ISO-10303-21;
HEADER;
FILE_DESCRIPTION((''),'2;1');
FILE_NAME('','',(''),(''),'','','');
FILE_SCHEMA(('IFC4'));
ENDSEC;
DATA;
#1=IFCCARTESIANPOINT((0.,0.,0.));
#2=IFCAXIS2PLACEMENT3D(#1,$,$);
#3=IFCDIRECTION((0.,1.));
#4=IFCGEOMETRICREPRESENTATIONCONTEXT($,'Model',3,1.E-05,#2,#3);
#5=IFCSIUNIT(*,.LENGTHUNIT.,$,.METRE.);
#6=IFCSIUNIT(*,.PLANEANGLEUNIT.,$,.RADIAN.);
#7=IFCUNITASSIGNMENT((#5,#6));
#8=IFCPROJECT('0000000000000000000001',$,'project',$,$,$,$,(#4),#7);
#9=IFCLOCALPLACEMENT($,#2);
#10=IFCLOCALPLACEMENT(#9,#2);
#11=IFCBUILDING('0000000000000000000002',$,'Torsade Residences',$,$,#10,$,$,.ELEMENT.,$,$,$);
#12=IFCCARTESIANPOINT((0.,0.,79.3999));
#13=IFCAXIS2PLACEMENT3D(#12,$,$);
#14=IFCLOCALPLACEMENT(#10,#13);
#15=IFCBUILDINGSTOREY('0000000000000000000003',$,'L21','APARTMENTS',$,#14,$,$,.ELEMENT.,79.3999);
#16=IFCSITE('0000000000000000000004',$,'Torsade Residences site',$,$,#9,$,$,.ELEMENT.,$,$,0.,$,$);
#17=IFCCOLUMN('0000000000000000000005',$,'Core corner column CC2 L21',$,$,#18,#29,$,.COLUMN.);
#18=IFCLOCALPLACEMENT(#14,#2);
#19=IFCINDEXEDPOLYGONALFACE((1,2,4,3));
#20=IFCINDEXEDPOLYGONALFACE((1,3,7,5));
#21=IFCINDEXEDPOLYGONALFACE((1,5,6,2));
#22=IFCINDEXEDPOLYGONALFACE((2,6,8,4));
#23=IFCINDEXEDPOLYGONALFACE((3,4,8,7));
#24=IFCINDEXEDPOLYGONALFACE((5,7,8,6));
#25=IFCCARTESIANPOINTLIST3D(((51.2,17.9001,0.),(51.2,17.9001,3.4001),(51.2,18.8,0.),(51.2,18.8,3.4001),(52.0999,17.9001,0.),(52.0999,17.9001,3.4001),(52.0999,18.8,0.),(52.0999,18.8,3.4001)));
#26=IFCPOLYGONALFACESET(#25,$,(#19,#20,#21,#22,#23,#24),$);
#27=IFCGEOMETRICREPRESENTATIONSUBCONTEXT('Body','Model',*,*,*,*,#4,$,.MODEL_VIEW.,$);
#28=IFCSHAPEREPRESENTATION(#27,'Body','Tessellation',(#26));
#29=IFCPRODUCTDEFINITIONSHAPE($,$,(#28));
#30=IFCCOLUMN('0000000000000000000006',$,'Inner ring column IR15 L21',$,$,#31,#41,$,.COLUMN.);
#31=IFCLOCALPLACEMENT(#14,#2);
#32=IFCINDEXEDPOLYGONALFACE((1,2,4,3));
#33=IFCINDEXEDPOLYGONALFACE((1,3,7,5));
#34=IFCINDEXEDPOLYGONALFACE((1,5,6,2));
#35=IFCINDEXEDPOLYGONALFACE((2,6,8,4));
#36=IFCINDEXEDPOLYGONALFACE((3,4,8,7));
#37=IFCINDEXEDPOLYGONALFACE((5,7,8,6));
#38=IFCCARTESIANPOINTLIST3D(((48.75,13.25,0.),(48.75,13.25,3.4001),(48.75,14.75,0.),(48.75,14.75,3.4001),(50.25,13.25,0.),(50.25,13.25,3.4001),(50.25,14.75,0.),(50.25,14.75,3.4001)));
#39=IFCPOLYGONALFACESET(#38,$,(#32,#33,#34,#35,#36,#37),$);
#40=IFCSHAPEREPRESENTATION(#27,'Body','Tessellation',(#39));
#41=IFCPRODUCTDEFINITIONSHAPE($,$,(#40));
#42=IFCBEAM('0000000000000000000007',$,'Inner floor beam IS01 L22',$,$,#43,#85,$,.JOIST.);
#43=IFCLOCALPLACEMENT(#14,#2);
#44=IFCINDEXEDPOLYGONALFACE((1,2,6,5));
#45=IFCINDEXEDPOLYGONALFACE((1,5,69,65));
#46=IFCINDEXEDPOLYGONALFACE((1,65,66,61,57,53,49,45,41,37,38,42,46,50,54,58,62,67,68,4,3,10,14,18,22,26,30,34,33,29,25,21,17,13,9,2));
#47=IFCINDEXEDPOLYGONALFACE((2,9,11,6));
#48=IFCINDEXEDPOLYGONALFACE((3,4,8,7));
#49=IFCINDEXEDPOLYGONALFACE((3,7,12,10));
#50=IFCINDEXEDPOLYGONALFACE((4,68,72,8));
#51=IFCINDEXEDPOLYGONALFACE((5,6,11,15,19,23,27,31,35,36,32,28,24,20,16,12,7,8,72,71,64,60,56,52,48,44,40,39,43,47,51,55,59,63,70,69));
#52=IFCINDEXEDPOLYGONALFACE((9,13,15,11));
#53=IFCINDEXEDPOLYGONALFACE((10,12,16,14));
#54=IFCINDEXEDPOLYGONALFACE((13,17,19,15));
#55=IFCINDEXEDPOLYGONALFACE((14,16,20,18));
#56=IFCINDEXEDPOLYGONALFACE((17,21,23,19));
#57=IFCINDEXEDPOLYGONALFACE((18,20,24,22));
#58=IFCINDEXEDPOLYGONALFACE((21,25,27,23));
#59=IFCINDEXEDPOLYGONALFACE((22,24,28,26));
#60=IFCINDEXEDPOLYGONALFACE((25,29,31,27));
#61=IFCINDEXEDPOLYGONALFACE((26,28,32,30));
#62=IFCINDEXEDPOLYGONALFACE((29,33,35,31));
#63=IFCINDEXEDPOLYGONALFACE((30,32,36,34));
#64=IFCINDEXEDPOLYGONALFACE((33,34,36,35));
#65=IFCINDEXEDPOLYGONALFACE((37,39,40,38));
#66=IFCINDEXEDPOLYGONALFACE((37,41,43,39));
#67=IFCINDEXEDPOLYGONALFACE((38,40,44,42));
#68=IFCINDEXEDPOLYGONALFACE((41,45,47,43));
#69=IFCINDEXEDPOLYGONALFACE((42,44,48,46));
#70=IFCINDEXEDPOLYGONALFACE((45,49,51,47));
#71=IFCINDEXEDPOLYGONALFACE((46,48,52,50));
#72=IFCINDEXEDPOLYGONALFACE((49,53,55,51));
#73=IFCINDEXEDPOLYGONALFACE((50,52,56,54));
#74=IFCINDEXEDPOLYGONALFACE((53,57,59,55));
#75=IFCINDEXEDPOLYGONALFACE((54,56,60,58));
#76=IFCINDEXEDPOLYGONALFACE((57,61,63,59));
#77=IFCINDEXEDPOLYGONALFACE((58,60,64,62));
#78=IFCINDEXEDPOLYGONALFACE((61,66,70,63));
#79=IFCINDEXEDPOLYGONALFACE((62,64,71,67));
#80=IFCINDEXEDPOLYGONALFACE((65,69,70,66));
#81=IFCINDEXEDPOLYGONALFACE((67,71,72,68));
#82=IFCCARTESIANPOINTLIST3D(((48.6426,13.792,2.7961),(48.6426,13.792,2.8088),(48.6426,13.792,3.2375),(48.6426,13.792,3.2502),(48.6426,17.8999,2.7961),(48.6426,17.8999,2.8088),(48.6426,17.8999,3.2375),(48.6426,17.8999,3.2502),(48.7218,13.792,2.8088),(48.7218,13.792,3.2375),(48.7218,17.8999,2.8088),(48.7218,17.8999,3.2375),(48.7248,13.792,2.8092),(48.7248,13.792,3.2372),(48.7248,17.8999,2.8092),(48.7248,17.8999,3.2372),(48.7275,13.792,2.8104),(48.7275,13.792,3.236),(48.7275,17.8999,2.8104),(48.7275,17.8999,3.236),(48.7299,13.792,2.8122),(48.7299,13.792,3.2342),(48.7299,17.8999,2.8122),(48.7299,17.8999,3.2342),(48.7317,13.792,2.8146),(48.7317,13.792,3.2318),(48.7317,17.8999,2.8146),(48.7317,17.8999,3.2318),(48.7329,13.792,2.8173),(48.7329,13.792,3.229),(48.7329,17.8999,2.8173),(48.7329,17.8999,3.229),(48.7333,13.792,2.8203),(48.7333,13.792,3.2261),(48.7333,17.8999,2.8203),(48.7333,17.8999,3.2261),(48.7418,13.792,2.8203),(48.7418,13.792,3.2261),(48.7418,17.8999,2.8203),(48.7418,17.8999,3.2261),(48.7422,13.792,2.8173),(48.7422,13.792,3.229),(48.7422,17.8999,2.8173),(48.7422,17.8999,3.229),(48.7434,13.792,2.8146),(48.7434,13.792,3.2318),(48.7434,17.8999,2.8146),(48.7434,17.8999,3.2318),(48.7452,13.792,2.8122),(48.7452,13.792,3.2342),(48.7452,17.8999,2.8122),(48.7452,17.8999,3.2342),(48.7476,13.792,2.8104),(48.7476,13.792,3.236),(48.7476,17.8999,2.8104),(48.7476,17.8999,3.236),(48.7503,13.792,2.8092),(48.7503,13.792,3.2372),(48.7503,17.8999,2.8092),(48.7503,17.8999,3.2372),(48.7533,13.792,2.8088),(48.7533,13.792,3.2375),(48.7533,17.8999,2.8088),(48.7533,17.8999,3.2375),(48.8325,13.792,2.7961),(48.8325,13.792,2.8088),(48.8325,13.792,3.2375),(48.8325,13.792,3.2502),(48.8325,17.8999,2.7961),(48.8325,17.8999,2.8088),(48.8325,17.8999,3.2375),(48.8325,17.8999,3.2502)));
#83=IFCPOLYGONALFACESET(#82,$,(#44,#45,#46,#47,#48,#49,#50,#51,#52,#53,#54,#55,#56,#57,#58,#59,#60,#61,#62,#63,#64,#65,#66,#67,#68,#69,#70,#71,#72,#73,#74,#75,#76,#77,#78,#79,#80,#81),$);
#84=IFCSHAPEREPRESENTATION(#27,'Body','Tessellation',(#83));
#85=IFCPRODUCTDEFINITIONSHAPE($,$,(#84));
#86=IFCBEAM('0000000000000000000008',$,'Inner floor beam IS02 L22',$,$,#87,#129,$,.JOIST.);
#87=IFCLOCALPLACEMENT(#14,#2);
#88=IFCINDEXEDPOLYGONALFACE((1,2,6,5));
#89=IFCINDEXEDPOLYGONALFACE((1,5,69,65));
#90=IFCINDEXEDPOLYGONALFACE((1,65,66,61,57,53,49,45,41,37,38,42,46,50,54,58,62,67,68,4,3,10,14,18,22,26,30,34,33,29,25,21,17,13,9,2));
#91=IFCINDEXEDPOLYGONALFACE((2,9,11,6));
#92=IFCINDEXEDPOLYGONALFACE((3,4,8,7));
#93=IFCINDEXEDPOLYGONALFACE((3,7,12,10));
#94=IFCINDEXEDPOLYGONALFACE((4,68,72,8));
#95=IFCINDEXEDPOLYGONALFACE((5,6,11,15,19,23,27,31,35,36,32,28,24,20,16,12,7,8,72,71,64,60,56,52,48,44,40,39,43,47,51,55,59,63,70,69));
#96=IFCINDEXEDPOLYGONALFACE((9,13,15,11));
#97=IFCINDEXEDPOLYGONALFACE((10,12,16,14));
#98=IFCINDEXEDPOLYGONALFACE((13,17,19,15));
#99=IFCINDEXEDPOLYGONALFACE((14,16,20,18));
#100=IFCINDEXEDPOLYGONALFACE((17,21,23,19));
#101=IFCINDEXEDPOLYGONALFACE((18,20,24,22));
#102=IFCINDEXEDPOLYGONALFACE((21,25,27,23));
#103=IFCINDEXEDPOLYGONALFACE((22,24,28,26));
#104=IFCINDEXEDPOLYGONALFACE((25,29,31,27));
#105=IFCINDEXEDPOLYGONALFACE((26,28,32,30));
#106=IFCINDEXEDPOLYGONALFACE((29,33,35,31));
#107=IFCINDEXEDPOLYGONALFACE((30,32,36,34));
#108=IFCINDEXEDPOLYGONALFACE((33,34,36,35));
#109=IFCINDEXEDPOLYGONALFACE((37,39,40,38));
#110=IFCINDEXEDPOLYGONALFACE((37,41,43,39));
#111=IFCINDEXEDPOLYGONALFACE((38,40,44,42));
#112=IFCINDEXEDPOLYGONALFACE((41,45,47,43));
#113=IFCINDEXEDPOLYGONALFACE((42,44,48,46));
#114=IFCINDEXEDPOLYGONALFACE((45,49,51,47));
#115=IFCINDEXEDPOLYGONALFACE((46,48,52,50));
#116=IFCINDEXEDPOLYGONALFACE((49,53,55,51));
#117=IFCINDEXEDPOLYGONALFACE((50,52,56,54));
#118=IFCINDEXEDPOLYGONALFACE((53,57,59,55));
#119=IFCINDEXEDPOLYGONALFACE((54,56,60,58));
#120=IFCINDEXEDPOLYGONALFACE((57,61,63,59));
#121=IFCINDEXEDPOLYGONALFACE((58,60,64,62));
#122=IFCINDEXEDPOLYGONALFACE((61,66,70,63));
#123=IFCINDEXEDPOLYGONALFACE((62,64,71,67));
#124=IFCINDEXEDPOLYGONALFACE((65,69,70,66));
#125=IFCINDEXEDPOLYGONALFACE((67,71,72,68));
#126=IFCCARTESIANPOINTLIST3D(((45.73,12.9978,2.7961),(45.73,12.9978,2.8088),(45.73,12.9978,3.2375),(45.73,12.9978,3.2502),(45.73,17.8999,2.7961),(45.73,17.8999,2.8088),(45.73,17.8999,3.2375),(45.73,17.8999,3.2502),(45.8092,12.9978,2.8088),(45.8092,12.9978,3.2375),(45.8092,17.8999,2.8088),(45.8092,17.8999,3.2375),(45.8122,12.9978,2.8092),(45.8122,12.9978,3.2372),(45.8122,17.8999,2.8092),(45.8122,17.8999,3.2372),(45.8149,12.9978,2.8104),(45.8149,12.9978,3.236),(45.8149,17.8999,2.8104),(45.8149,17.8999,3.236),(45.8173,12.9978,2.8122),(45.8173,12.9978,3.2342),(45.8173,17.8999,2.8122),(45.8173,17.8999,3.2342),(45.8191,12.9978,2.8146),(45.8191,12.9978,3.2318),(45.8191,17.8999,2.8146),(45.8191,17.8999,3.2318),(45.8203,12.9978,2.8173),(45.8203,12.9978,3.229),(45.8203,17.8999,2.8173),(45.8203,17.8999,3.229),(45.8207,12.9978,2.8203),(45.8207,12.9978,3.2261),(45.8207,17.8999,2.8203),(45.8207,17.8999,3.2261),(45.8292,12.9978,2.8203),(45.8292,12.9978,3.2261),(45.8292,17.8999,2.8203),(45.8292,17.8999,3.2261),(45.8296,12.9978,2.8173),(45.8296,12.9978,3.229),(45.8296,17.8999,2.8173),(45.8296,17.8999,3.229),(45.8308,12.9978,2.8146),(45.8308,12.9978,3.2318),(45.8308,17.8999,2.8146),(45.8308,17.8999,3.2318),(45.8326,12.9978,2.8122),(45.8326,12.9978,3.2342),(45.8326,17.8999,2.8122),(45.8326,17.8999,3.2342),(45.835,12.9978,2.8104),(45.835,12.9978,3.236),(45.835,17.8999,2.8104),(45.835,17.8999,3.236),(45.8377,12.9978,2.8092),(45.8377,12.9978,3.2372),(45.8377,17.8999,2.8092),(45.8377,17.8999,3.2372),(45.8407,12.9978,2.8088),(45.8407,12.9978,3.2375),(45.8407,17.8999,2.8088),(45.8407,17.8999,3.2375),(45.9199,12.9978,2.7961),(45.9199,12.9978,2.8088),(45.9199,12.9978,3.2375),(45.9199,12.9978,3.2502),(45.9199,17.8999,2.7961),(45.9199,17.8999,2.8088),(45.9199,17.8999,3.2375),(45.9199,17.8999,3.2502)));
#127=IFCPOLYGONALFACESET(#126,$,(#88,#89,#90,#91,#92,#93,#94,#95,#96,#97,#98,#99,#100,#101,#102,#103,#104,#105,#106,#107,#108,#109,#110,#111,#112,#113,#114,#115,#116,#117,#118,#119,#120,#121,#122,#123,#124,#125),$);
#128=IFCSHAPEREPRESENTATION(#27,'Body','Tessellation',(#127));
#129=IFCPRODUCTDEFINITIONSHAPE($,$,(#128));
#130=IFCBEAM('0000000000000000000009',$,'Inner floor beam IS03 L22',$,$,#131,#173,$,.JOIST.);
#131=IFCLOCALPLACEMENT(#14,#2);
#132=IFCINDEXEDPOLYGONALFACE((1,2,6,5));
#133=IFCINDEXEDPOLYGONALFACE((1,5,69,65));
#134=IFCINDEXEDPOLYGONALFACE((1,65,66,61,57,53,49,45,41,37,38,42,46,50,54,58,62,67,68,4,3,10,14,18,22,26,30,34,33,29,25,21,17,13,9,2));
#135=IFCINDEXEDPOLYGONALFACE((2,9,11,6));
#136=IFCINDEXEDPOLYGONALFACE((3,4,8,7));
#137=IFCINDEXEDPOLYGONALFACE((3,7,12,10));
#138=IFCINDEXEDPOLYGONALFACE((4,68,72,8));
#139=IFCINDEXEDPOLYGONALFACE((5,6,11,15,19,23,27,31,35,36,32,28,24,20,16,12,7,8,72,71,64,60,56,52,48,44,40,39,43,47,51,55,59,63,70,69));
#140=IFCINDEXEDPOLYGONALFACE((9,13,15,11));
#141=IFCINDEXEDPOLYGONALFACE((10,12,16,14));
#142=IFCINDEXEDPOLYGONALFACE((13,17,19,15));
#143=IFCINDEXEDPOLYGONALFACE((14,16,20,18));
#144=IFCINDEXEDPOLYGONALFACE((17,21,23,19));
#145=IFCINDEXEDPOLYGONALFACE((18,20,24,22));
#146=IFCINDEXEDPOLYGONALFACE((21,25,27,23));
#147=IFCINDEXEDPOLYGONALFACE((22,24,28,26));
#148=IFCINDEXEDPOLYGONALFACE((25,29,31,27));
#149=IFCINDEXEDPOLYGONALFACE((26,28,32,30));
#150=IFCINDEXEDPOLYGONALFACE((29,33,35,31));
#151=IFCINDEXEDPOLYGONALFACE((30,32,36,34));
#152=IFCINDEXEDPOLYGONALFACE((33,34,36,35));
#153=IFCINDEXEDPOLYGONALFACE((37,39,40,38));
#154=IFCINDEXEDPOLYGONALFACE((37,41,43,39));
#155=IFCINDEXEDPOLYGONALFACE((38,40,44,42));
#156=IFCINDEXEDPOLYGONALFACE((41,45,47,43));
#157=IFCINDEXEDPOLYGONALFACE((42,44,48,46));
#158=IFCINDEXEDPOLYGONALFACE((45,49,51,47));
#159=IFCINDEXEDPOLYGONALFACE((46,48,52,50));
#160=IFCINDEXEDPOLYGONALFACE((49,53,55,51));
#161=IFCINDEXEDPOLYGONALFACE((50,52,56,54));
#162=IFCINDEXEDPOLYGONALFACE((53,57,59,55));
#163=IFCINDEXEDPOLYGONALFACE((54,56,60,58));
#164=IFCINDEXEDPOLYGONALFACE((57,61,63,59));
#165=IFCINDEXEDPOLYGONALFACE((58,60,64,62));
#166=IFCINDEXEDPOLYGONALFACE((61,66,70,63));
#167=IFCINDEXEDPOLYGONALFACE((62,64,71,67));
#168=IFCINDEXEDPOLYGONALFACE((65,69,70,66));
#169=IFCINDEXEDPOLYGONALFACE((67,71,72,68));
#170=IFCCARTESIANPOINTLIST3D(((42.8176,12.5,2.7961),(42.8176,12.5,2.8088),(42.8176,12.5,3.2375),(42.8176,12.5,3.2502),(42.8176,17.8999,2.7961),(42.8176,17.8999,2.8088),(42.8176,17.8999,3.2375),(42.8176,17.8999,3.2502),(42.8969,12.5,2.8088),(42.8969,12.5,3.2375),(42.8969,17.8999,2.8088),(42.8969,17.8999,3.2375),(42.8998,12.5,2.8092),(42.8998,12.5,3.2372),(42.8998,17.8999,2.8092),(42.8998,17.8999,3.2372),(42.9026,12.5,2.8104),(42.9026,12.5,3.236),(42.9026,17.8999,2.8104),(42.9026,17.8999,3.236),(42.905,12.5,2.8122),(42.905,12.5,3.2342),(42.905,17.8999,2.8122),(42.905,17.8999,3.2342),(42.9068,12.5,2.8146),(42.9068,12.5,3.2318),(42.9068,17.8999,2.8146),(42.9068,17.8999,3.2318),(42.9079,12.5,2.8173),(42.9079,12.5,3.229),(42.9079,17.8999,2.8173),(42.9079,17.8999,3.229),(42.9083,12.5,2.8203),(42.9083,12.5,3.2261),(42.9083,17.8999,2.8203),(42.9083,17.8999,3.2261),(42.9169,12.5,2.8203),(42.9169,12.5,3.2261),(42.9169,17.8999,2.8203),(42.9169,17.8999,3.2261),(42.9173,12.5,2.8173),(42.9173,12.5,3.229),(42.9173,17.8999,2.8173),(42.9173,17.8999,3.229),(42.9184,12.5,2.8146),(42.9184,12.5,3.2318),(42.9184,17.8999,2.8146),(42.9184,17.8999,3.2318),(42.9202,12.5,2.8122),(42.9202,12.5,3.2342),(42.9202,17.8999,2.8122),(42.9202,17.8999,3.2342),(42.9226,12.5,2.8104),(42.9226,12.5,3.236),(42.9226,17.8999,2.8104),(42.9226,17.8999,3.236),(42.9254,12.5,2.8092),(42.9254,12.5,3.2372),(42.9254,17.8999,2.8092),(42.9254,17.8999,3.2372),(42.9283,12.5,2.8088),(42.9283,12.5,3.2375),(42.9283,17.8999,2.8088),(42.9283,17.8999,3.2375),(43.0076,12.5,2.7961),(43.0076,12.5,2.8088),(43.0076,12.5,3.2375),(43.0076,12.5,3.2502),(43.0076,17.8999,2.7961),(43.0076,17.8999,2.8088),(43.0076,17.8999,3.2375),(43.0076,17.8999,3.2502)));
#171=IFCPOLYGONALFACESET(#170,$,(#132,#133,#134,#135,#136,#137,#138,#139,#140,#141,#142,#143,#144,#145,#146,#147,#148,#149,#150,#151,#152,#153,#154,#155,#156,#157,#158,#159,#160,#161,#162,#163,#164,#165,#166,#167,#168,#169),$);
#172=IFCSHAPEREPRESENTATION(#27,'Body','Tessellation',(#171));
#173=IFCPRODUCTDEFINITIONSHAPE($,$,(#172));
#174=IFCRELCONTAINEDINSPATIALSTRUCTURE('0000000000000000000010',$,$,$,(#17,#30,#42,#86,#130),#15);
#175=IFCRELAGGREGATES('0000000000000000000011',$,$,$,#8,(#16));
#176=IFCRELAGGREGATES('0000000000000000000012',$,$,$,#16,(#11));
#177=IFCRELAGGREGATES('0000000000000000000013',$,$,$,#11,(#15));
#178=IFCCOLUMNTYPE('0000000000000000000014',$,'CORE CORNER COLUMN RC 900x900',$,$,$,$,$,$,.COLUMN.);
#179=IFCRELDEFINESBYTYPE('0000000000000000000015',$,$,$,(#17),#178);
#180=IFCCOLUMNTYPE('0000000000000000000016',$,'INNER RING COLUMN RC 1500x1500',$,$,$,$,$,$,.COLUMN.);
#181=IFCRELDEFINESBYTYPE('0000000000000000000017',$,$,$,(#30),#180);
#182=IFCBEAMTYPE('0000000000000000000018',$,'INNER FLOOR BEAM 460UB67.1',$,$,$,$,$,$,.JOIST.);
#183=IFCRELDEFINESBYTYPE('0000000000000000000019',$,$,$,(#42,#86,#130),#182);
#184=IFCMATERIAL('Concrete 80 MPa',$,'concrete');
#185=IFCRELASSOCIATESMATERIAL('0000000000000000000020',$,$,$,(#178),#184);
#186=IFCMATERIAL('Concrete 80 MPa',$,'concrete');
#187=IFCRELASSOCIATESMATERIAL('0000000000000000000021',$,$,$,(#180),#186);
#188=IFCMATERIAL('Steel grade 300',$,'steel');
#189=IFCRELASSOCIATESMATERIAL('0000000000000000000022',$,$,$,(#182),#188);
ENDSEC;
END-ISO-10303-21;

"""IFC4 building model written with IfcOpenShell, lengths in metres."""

from ifc_helpers import new_model, si_unit, direction, frame, origin, origin_2d, place, context, subcontext, project, spatial, rectangle, i_section, extrude, material, material_profile, profile_set, type_object, element, save


model = new_model("IFC4")

# Units and contexts
model_context = context("Model", 3, precision=1e-05, world=origin(), true_north=direction((0.0, 1.0)))
body_context = subcontext(model_context, "Body", "Model", "MODEL_VIEW")
ifc_project = project(units=[si_unit("LENGTHUNIT", "METRE"), si_unit("PLANEANGLEUNIT", "RADIAN")], contexts=[model_context])

# Site, building, storey
site_placement = place(None, origin())
site = spatial("IfcSite", under=ifc_project, at=site_placement, Name="Torsade Residences site", CompositionType="ELEMENT", RefElevation=0.0)
building_placement = place(site_placement, origin())
building = spatial("IfcBuilding", under=site, at=building_placement, Name="Torsade Residences", CompositionType="ELEMENT")
storey_placement = place(building_placement, frame((0.0, 0.0, 79.3999)))
storey = spatial("IfcBuildingStorey", under=building, at=storey_placement, Name="L21", Description="APARTMENTS", CompositionType="ELEMENT", Elevation=79.3999)

# Columns
ifc_material_1 = material(Name="Concrete 80 MPa", Category="concrete")
ifc_material_profile_1 = material_profile(ifc_material_1, rectangle(XDim=0.8999, YDim=0.8999, at=origin_2d()), Name="RC 900x900")
ifc_profile_set_1 = profile_set([ifc_material_profile_1], Name="Concrete 80 MPa")
column_type_1 = type_object("IfcColumnType", Name="CORE CORNER COLUMN RC 900x900", PredefinedType="COLUMN", material=ifc_profile_set_1)
column_1_placement = place(storey_placement, frame((51.6499, 18.3501, 0.0), z_axis=(0.0, 0.0, 1.0), x_axis=(1.0, 0.0, 0.0)))
element("IfcColumn", 1, at=column_1_placement, inside=storey, type_object=column_type_1, Name="Core corner column CC2 L21", PredefinedType="COLUMN", context=body_context, shape_type="SweptSolid", body=[
    extrude(rectangle(XDim=0.8999, YDim=0.8999, at=origin_2d()), origin(), (0.0, 0.0, 1.0), 3.4001),
])
ifc_material_2 = material(Name="Concrete 80 MPa", Category="concrete")
ifc_material_profile_2 = material_profile(ifc_material_2, rectangle(XDim=1.5, YDim=1.5, at=origin_2d()), Name="RC 1500x1500")
ifc_profile_set_2 = profile_set([ifc_material_profile_2], Name="Concrete 80 MPa")
column_type_2 = type_object("IfcColumnType", Name="INNER RING COLUMN RC 1500x1500", PredefinedType="COLUMN", material=ifc_profile_set_2)
column_2_placement = place(storey_placement, frame((49.5, 14.0, 0.0), z_axis=(0.0, 0.0, 1.0), x_axis=(1.0, 0.0, 0.0)))
element("IfcColumn", 2, at=column_2_placement, inside=storey, type_object=column_type_2, Name="Inner ring column IR15 L21", PredefinedType="COLUMN", context=body_context, shape_type="SweptSolid", body=[
    extrude(rectangle(XDim=1.5, YDim=1.5, at=origin_2d()), origin(), (0.0, 0.0, 1.0), 3.4001),
])

# Beams
ifc_material_3 = material(Name="Steel grade 300", Category="steel")
ifc_material_profile_3 = material_profile(ifc_material_3, i_section(OverallWidth=0.1899, OverallDepth=0.4541, WebThickness=0.0085, FlangeThickness=0.0127, FilletRadius=0.0115, at=origin_2d()), Name="460UB67.1")
ifc_profile_set_3 = profile_set([ifc_material_profile_3], Name="Steel grade 300")
beam_type_1 = type_object("IfcBeamType", Name="INNER FLOOR BEAM 460UB67.1", PredefinedType="JOIST", material=ifc_profile_set_3)
beam_1_placement = place(storey_placement, frame((48.7375, 17.8999, 3.0232), z_axis=(0.0, -1.0, 0.0), x_axis=(1.0, 0.0, 0.0)))
element("IfcBeam", 3, at=beam_1_placement, inside=storey, type_object=beam_type_1, Name="Inner floor beam IS01 L22", PredefinedType="JOIST", context=body_context, shape_type="SweptSolid", body=[
    extrude(i_section(OverallWidth=0.1899, OverallDepth=0.4541, WebThickness=0.0085, FlangeThickness=0.0127, FilletRadius=0.0115, at=origin_2d()), origin(), (0.0, 0.0, 1.0), 4.1079),
])
beam_2_placement = place(storey_placement, frame((45.825, 17.8999, 3.0232), z_axis=(0.0, -1.0, 0.0), x_axis=(1.0, 0.0, 0.0)))
element("IfcBeam", 4, at=beam_2_placement, inside=storey, type_object=beam_type_1, Name="Inner floor beam IS02 L22", PredefinedType="JOIST", context=body_context, shape_type="SweptSolid", body=[
    extrude(i_section(OverallWidth=0.1899, OverallDepth=0.4541, WebThickness=0.0085, FlangeThickness=0.0127, FilletRadius=0.0115, at=origin_2d()), origin(), (0.0, 0.0, 1.0), 4.9021),
])
for number, where, z_axis, x_axis, name in (
    (5, (42.9126, 17.8999, 3.0232), (0.0, -1.0, 0.0), (1.0, 0.0, 0.0), "Inner floor beam IS03 L22"),
):
    element("IfcBeam", number, at=place(storey_placement, frame(where, z_axis=z_axis, x_axis=x_axis)), inside=storey, type_object=beam_type_1, Name=name, PredefinedType="JOIST", context=body_context, shape_type="SweptSolid", body=[
        extrude(i_section(OverallWidth=0.1899, OverallDepth=0.4541, WebThickness=0.0085, FlangeThickness=0.0127, FilletRadius=0.0115, at=origin_2d()), origin(), (0.0, 0.0, 1.0), 5.3999),
    ])

save(model, "model.ifc")
